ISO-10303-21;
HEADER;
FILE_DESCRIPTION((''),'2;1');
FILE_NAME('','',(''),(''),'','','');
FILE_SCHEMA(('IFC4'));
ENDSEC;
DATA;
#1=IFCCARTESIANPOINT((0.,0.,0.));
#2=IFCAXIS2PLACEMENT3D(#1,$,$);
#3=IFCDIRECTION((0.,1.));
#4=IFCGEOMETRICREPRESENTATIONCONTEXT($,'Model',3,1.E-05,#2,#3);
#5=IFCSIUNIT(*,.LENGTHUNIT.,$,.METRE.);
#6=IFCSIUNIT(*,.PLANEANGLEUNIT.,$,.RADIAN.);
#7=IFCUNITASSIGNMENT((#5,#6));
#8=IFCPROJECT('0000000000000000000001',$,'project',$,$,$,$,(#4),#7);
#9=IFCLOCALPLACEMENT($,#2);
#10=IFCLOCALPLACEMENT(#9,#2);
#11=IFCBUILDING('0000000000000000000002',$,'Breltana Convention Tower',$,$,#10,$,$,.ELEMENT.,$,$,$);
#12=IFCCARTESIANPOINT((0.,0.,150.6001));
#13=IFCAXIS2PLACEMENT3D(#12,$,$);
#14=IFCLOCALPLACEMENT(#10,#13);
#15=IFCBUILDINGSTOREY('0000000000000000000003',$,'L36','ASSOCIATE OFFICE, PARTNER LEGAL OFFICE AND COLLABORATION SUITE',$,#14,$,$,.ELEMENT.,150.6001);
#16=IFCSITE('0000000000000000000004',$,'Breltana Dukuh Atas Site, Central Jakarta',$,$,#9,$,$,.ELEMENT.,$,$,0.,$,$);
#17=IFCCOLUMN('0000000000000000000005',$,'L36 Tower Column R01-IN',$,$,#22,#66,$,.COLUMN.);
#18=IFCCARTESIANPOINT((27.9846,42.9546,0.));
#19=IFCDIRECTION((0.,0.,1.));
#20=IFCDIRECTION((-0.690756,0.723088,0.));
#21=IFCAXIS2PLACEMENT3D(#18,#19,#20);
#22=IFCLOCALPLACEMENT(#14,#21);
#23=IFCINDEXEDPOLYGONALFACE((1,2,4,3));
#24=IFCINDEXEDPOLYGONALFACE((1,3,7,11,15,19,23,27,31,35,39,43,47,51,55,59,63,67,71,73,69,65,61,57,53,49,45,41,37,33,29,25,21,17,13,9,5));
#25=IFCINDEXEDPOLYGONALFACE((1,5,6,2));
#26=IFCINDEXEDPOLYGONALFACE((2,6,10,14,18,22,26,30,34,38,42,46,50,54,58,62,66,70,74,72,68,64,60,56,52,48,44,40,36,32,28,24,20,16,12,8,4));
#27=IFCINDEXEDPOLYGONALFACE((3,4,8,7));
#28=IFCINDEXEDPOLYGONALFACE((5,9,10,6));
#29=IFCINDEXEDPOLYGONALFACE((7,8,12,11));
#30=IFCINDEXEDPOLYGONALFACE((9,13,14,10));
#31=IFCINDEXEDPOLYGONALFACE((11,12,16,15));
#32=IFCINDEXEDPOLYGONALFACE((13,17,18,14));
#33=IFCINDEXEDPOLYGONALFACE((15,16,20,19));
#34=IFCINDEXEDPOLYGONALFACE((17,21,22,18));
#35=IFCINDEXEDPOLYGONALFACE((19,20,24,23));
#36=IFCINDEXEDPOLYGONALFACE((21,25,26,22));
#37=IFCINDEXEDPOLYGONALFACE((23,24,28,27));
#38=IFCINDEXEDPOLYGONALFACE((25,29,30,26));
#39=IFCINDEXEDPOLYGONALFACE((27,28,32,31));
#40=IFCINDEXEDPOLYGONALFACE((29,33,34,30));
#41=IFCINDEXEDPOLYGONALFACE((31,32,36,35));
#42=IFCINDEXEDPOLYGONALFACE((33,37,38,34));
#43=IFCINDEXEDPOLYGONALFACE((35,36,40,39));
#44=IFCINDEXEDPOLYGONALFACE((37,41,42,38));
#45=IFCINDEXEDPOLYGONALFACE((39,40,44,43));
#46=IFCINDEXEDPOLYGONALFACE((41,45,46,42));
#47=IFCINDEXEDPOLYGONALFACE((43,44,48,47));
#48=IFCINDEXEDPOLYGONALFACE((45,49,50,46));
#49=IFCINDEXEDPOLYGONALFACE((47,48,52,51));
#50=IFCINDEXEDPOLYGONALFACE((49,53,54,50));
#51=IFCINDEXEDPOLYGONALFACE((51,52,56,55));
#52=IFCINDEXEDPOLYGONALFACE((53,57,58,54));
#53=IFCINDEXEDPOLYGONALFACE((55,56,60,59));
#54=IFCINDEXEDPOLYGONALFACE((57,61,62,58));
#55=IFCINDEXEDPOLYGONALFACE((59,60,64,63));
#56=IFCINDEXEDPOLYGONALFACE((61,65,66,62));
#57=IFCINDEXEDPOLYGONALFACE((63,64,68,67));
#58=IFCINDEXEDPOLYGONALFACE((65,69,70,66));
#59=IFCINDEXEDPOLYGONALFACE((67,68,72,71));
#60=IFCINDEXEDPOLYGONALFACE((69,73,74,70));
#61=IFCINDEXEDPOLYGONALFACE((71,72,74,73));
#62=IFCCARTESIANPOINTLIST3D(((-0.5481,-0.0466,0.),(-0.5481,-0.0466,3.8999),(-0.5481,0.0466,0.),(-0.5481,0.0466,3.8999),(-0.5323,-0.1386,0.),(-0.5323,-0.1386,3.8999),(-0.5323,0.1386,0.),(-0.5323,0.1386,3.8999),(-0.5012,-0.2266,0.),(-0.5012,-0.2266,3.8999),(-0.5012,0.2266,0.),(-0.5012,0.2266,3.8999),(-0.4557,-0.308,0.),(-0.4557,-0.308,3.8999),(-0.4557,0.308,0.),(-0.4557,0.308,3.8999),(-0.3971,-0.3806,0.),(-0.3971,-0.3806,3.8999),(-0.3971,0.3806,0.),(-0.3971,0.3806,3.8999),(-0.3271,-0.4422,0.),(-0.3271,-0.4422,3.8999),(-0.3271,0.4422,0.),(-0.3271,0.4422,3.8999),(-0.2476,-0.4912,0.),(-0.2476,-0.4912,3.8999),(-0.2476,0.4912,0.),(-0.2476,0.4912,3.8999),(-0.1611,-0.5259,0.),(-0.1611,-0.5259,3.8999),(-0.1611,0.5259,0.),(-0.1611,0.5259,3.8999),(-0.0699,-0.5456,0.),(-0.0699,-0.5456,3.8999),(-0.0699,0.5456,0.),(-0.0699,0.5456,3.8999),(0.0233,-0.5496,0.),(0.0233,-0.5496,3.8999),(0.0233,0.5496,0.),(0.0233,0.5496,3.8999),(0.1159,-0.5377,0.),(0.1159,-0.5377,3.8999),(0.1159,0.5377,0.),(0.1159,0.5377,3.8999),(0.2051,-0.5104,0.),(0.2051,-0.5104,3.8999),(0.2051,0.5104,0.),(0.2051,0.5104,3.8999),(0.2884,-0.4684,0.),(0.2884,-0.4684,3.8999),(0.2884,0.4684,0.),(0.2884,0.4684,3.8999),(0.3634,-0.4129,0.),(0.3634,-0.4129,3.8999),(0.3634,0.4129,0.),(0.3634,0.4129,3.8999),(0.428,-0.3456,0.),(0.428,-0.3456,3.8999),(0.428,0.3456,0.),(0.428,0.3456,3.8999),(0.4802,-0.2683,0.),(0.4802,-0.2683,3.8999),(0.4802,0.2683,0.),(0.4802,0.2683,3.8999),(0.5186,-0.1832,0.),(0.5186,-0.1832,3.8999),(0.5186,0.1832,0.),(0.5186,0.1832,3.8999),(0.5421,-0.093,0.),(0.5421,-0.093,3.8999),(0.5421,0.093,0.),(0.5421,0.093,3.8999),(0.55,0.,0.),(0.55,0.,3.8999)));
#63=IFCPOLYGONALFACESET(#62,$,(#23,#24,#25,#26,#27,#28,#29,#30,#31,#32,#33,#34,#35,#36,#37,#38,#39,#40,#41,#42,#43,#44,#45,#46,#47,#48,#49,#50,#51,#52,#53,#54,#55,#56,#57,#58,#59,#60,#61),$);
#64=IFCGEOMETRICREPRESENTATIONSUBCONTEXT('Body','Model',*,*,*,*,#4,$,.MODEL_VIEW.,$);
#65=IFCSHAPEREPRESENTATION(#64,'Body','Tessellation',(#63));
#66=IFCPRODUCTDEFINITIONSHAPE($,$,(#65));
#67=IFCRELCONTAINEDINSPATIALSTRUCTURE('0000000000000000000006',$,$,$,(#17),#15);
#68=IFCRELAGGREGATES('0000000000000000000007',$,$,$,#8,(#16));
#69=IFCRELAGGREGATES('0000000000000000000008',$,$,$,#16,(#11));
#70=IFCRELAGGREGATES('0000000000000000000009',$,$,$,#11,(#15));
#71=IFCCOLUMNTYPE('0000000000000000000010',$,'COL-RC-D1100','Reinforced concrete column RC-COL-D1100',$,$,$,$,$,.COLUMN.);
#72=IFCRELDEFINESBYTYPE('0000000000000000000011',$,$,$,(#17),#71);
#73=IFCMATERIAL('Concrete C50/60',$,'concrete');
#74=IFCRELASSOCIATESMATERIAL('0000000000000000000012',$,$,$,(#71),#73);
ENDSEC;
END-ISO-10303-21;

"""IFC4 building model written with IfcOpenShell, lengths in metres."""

from ifc_helpers import new_model, si_unit, direction, frame, origin, origin_2d, place, context, subcontext, project, spatial, circle, extrude, source, transform, mapped, material, material_profile, profile_set, type_object, element, save


model = new_model("IFC4")

# Units and contexts
model_context = context("Model", 3, precision=1e-05, world=origin(), true_north=direction((0.0, 1.0)))
body_context = subcontext(model_context, "Body", "Model", "MODEL_VIEW")
ifc_project = project(units=[si_unit("LENGTHUNIT", "METRE"), si_unit("PLANEANGLEUNIT", "RADIAN")], contexts=[model_context])

# Site, building, storey
site_placement = place(None, origin())
site = spatial("IfcSite", under=ifc_project, at=site_placement, Name="Breltana Dukuh Atas Site, Central Jakarta", CompositionType="ELEMENT", RefElevation=0.0)
building_placement = place(site_placement, origin())
building = spatial("IfcBuilding", under=site, at=building_placement, Name="Breltana Convention Tower", CompositionType="ELEMENT")
storey_placement = place(building_placement, frame((0.0, 0.0, 150.6001)))
storey = spatial("IfcBuildingStorey", under=building, at=storey_placement, Name="L36", Description="ASSOCIATE OFFICE, PARTNER LEGAL OFFICE AND COLLABORATION SUITE", CompositionType="ELEMENT", Elevation=150.6001)

# Column
ifc_material_1 = material(Name="Concrete C50/60", Category="concrete")
ifc_material_profile_1 = material_profile(ifc_material_1, circle(Radius=0.55, at=origin_2d()), Name="RC-COL-D1100")
ifc_profile_set_1 = profile_set([ifc_material_profile_1], Name="Concrete C50/60")
column_type = type_object("IfcColumnType", Name="COL-RC-D1100", Description="Reinforced concrete column RC-COL-D1100", PredefinedType="COLUMN", material=ifc_profile_set_1)
shared_shape_1 = source(origin(), body_context, "Body", "SweptSolid", [
    extrude(circle(Radius=0.55, at=origin_2d()), origin(), (0.0, 0.0, 1.0), 3.8999),
])
column_placement = place(storey_placement, frame((27.9846, 42.9546, 0.0), z_axis=(0.0, 0.0, 1.0), x_axis=(-0.690756, 0.723088, 0.0)))
element("IfcColumn", 1, at=column_placement, inside=storey, type_object=column_type, Name="L36 Tower Column R01-IN", PredefinedType="COLUMN", context=body_context, shape_type="MappedRepresentation", body=[
    mapped(shared_shape_1, transform((0.0, 0.0, 0.0), scale=1.0)),
])

save(model, "model.ifc")
